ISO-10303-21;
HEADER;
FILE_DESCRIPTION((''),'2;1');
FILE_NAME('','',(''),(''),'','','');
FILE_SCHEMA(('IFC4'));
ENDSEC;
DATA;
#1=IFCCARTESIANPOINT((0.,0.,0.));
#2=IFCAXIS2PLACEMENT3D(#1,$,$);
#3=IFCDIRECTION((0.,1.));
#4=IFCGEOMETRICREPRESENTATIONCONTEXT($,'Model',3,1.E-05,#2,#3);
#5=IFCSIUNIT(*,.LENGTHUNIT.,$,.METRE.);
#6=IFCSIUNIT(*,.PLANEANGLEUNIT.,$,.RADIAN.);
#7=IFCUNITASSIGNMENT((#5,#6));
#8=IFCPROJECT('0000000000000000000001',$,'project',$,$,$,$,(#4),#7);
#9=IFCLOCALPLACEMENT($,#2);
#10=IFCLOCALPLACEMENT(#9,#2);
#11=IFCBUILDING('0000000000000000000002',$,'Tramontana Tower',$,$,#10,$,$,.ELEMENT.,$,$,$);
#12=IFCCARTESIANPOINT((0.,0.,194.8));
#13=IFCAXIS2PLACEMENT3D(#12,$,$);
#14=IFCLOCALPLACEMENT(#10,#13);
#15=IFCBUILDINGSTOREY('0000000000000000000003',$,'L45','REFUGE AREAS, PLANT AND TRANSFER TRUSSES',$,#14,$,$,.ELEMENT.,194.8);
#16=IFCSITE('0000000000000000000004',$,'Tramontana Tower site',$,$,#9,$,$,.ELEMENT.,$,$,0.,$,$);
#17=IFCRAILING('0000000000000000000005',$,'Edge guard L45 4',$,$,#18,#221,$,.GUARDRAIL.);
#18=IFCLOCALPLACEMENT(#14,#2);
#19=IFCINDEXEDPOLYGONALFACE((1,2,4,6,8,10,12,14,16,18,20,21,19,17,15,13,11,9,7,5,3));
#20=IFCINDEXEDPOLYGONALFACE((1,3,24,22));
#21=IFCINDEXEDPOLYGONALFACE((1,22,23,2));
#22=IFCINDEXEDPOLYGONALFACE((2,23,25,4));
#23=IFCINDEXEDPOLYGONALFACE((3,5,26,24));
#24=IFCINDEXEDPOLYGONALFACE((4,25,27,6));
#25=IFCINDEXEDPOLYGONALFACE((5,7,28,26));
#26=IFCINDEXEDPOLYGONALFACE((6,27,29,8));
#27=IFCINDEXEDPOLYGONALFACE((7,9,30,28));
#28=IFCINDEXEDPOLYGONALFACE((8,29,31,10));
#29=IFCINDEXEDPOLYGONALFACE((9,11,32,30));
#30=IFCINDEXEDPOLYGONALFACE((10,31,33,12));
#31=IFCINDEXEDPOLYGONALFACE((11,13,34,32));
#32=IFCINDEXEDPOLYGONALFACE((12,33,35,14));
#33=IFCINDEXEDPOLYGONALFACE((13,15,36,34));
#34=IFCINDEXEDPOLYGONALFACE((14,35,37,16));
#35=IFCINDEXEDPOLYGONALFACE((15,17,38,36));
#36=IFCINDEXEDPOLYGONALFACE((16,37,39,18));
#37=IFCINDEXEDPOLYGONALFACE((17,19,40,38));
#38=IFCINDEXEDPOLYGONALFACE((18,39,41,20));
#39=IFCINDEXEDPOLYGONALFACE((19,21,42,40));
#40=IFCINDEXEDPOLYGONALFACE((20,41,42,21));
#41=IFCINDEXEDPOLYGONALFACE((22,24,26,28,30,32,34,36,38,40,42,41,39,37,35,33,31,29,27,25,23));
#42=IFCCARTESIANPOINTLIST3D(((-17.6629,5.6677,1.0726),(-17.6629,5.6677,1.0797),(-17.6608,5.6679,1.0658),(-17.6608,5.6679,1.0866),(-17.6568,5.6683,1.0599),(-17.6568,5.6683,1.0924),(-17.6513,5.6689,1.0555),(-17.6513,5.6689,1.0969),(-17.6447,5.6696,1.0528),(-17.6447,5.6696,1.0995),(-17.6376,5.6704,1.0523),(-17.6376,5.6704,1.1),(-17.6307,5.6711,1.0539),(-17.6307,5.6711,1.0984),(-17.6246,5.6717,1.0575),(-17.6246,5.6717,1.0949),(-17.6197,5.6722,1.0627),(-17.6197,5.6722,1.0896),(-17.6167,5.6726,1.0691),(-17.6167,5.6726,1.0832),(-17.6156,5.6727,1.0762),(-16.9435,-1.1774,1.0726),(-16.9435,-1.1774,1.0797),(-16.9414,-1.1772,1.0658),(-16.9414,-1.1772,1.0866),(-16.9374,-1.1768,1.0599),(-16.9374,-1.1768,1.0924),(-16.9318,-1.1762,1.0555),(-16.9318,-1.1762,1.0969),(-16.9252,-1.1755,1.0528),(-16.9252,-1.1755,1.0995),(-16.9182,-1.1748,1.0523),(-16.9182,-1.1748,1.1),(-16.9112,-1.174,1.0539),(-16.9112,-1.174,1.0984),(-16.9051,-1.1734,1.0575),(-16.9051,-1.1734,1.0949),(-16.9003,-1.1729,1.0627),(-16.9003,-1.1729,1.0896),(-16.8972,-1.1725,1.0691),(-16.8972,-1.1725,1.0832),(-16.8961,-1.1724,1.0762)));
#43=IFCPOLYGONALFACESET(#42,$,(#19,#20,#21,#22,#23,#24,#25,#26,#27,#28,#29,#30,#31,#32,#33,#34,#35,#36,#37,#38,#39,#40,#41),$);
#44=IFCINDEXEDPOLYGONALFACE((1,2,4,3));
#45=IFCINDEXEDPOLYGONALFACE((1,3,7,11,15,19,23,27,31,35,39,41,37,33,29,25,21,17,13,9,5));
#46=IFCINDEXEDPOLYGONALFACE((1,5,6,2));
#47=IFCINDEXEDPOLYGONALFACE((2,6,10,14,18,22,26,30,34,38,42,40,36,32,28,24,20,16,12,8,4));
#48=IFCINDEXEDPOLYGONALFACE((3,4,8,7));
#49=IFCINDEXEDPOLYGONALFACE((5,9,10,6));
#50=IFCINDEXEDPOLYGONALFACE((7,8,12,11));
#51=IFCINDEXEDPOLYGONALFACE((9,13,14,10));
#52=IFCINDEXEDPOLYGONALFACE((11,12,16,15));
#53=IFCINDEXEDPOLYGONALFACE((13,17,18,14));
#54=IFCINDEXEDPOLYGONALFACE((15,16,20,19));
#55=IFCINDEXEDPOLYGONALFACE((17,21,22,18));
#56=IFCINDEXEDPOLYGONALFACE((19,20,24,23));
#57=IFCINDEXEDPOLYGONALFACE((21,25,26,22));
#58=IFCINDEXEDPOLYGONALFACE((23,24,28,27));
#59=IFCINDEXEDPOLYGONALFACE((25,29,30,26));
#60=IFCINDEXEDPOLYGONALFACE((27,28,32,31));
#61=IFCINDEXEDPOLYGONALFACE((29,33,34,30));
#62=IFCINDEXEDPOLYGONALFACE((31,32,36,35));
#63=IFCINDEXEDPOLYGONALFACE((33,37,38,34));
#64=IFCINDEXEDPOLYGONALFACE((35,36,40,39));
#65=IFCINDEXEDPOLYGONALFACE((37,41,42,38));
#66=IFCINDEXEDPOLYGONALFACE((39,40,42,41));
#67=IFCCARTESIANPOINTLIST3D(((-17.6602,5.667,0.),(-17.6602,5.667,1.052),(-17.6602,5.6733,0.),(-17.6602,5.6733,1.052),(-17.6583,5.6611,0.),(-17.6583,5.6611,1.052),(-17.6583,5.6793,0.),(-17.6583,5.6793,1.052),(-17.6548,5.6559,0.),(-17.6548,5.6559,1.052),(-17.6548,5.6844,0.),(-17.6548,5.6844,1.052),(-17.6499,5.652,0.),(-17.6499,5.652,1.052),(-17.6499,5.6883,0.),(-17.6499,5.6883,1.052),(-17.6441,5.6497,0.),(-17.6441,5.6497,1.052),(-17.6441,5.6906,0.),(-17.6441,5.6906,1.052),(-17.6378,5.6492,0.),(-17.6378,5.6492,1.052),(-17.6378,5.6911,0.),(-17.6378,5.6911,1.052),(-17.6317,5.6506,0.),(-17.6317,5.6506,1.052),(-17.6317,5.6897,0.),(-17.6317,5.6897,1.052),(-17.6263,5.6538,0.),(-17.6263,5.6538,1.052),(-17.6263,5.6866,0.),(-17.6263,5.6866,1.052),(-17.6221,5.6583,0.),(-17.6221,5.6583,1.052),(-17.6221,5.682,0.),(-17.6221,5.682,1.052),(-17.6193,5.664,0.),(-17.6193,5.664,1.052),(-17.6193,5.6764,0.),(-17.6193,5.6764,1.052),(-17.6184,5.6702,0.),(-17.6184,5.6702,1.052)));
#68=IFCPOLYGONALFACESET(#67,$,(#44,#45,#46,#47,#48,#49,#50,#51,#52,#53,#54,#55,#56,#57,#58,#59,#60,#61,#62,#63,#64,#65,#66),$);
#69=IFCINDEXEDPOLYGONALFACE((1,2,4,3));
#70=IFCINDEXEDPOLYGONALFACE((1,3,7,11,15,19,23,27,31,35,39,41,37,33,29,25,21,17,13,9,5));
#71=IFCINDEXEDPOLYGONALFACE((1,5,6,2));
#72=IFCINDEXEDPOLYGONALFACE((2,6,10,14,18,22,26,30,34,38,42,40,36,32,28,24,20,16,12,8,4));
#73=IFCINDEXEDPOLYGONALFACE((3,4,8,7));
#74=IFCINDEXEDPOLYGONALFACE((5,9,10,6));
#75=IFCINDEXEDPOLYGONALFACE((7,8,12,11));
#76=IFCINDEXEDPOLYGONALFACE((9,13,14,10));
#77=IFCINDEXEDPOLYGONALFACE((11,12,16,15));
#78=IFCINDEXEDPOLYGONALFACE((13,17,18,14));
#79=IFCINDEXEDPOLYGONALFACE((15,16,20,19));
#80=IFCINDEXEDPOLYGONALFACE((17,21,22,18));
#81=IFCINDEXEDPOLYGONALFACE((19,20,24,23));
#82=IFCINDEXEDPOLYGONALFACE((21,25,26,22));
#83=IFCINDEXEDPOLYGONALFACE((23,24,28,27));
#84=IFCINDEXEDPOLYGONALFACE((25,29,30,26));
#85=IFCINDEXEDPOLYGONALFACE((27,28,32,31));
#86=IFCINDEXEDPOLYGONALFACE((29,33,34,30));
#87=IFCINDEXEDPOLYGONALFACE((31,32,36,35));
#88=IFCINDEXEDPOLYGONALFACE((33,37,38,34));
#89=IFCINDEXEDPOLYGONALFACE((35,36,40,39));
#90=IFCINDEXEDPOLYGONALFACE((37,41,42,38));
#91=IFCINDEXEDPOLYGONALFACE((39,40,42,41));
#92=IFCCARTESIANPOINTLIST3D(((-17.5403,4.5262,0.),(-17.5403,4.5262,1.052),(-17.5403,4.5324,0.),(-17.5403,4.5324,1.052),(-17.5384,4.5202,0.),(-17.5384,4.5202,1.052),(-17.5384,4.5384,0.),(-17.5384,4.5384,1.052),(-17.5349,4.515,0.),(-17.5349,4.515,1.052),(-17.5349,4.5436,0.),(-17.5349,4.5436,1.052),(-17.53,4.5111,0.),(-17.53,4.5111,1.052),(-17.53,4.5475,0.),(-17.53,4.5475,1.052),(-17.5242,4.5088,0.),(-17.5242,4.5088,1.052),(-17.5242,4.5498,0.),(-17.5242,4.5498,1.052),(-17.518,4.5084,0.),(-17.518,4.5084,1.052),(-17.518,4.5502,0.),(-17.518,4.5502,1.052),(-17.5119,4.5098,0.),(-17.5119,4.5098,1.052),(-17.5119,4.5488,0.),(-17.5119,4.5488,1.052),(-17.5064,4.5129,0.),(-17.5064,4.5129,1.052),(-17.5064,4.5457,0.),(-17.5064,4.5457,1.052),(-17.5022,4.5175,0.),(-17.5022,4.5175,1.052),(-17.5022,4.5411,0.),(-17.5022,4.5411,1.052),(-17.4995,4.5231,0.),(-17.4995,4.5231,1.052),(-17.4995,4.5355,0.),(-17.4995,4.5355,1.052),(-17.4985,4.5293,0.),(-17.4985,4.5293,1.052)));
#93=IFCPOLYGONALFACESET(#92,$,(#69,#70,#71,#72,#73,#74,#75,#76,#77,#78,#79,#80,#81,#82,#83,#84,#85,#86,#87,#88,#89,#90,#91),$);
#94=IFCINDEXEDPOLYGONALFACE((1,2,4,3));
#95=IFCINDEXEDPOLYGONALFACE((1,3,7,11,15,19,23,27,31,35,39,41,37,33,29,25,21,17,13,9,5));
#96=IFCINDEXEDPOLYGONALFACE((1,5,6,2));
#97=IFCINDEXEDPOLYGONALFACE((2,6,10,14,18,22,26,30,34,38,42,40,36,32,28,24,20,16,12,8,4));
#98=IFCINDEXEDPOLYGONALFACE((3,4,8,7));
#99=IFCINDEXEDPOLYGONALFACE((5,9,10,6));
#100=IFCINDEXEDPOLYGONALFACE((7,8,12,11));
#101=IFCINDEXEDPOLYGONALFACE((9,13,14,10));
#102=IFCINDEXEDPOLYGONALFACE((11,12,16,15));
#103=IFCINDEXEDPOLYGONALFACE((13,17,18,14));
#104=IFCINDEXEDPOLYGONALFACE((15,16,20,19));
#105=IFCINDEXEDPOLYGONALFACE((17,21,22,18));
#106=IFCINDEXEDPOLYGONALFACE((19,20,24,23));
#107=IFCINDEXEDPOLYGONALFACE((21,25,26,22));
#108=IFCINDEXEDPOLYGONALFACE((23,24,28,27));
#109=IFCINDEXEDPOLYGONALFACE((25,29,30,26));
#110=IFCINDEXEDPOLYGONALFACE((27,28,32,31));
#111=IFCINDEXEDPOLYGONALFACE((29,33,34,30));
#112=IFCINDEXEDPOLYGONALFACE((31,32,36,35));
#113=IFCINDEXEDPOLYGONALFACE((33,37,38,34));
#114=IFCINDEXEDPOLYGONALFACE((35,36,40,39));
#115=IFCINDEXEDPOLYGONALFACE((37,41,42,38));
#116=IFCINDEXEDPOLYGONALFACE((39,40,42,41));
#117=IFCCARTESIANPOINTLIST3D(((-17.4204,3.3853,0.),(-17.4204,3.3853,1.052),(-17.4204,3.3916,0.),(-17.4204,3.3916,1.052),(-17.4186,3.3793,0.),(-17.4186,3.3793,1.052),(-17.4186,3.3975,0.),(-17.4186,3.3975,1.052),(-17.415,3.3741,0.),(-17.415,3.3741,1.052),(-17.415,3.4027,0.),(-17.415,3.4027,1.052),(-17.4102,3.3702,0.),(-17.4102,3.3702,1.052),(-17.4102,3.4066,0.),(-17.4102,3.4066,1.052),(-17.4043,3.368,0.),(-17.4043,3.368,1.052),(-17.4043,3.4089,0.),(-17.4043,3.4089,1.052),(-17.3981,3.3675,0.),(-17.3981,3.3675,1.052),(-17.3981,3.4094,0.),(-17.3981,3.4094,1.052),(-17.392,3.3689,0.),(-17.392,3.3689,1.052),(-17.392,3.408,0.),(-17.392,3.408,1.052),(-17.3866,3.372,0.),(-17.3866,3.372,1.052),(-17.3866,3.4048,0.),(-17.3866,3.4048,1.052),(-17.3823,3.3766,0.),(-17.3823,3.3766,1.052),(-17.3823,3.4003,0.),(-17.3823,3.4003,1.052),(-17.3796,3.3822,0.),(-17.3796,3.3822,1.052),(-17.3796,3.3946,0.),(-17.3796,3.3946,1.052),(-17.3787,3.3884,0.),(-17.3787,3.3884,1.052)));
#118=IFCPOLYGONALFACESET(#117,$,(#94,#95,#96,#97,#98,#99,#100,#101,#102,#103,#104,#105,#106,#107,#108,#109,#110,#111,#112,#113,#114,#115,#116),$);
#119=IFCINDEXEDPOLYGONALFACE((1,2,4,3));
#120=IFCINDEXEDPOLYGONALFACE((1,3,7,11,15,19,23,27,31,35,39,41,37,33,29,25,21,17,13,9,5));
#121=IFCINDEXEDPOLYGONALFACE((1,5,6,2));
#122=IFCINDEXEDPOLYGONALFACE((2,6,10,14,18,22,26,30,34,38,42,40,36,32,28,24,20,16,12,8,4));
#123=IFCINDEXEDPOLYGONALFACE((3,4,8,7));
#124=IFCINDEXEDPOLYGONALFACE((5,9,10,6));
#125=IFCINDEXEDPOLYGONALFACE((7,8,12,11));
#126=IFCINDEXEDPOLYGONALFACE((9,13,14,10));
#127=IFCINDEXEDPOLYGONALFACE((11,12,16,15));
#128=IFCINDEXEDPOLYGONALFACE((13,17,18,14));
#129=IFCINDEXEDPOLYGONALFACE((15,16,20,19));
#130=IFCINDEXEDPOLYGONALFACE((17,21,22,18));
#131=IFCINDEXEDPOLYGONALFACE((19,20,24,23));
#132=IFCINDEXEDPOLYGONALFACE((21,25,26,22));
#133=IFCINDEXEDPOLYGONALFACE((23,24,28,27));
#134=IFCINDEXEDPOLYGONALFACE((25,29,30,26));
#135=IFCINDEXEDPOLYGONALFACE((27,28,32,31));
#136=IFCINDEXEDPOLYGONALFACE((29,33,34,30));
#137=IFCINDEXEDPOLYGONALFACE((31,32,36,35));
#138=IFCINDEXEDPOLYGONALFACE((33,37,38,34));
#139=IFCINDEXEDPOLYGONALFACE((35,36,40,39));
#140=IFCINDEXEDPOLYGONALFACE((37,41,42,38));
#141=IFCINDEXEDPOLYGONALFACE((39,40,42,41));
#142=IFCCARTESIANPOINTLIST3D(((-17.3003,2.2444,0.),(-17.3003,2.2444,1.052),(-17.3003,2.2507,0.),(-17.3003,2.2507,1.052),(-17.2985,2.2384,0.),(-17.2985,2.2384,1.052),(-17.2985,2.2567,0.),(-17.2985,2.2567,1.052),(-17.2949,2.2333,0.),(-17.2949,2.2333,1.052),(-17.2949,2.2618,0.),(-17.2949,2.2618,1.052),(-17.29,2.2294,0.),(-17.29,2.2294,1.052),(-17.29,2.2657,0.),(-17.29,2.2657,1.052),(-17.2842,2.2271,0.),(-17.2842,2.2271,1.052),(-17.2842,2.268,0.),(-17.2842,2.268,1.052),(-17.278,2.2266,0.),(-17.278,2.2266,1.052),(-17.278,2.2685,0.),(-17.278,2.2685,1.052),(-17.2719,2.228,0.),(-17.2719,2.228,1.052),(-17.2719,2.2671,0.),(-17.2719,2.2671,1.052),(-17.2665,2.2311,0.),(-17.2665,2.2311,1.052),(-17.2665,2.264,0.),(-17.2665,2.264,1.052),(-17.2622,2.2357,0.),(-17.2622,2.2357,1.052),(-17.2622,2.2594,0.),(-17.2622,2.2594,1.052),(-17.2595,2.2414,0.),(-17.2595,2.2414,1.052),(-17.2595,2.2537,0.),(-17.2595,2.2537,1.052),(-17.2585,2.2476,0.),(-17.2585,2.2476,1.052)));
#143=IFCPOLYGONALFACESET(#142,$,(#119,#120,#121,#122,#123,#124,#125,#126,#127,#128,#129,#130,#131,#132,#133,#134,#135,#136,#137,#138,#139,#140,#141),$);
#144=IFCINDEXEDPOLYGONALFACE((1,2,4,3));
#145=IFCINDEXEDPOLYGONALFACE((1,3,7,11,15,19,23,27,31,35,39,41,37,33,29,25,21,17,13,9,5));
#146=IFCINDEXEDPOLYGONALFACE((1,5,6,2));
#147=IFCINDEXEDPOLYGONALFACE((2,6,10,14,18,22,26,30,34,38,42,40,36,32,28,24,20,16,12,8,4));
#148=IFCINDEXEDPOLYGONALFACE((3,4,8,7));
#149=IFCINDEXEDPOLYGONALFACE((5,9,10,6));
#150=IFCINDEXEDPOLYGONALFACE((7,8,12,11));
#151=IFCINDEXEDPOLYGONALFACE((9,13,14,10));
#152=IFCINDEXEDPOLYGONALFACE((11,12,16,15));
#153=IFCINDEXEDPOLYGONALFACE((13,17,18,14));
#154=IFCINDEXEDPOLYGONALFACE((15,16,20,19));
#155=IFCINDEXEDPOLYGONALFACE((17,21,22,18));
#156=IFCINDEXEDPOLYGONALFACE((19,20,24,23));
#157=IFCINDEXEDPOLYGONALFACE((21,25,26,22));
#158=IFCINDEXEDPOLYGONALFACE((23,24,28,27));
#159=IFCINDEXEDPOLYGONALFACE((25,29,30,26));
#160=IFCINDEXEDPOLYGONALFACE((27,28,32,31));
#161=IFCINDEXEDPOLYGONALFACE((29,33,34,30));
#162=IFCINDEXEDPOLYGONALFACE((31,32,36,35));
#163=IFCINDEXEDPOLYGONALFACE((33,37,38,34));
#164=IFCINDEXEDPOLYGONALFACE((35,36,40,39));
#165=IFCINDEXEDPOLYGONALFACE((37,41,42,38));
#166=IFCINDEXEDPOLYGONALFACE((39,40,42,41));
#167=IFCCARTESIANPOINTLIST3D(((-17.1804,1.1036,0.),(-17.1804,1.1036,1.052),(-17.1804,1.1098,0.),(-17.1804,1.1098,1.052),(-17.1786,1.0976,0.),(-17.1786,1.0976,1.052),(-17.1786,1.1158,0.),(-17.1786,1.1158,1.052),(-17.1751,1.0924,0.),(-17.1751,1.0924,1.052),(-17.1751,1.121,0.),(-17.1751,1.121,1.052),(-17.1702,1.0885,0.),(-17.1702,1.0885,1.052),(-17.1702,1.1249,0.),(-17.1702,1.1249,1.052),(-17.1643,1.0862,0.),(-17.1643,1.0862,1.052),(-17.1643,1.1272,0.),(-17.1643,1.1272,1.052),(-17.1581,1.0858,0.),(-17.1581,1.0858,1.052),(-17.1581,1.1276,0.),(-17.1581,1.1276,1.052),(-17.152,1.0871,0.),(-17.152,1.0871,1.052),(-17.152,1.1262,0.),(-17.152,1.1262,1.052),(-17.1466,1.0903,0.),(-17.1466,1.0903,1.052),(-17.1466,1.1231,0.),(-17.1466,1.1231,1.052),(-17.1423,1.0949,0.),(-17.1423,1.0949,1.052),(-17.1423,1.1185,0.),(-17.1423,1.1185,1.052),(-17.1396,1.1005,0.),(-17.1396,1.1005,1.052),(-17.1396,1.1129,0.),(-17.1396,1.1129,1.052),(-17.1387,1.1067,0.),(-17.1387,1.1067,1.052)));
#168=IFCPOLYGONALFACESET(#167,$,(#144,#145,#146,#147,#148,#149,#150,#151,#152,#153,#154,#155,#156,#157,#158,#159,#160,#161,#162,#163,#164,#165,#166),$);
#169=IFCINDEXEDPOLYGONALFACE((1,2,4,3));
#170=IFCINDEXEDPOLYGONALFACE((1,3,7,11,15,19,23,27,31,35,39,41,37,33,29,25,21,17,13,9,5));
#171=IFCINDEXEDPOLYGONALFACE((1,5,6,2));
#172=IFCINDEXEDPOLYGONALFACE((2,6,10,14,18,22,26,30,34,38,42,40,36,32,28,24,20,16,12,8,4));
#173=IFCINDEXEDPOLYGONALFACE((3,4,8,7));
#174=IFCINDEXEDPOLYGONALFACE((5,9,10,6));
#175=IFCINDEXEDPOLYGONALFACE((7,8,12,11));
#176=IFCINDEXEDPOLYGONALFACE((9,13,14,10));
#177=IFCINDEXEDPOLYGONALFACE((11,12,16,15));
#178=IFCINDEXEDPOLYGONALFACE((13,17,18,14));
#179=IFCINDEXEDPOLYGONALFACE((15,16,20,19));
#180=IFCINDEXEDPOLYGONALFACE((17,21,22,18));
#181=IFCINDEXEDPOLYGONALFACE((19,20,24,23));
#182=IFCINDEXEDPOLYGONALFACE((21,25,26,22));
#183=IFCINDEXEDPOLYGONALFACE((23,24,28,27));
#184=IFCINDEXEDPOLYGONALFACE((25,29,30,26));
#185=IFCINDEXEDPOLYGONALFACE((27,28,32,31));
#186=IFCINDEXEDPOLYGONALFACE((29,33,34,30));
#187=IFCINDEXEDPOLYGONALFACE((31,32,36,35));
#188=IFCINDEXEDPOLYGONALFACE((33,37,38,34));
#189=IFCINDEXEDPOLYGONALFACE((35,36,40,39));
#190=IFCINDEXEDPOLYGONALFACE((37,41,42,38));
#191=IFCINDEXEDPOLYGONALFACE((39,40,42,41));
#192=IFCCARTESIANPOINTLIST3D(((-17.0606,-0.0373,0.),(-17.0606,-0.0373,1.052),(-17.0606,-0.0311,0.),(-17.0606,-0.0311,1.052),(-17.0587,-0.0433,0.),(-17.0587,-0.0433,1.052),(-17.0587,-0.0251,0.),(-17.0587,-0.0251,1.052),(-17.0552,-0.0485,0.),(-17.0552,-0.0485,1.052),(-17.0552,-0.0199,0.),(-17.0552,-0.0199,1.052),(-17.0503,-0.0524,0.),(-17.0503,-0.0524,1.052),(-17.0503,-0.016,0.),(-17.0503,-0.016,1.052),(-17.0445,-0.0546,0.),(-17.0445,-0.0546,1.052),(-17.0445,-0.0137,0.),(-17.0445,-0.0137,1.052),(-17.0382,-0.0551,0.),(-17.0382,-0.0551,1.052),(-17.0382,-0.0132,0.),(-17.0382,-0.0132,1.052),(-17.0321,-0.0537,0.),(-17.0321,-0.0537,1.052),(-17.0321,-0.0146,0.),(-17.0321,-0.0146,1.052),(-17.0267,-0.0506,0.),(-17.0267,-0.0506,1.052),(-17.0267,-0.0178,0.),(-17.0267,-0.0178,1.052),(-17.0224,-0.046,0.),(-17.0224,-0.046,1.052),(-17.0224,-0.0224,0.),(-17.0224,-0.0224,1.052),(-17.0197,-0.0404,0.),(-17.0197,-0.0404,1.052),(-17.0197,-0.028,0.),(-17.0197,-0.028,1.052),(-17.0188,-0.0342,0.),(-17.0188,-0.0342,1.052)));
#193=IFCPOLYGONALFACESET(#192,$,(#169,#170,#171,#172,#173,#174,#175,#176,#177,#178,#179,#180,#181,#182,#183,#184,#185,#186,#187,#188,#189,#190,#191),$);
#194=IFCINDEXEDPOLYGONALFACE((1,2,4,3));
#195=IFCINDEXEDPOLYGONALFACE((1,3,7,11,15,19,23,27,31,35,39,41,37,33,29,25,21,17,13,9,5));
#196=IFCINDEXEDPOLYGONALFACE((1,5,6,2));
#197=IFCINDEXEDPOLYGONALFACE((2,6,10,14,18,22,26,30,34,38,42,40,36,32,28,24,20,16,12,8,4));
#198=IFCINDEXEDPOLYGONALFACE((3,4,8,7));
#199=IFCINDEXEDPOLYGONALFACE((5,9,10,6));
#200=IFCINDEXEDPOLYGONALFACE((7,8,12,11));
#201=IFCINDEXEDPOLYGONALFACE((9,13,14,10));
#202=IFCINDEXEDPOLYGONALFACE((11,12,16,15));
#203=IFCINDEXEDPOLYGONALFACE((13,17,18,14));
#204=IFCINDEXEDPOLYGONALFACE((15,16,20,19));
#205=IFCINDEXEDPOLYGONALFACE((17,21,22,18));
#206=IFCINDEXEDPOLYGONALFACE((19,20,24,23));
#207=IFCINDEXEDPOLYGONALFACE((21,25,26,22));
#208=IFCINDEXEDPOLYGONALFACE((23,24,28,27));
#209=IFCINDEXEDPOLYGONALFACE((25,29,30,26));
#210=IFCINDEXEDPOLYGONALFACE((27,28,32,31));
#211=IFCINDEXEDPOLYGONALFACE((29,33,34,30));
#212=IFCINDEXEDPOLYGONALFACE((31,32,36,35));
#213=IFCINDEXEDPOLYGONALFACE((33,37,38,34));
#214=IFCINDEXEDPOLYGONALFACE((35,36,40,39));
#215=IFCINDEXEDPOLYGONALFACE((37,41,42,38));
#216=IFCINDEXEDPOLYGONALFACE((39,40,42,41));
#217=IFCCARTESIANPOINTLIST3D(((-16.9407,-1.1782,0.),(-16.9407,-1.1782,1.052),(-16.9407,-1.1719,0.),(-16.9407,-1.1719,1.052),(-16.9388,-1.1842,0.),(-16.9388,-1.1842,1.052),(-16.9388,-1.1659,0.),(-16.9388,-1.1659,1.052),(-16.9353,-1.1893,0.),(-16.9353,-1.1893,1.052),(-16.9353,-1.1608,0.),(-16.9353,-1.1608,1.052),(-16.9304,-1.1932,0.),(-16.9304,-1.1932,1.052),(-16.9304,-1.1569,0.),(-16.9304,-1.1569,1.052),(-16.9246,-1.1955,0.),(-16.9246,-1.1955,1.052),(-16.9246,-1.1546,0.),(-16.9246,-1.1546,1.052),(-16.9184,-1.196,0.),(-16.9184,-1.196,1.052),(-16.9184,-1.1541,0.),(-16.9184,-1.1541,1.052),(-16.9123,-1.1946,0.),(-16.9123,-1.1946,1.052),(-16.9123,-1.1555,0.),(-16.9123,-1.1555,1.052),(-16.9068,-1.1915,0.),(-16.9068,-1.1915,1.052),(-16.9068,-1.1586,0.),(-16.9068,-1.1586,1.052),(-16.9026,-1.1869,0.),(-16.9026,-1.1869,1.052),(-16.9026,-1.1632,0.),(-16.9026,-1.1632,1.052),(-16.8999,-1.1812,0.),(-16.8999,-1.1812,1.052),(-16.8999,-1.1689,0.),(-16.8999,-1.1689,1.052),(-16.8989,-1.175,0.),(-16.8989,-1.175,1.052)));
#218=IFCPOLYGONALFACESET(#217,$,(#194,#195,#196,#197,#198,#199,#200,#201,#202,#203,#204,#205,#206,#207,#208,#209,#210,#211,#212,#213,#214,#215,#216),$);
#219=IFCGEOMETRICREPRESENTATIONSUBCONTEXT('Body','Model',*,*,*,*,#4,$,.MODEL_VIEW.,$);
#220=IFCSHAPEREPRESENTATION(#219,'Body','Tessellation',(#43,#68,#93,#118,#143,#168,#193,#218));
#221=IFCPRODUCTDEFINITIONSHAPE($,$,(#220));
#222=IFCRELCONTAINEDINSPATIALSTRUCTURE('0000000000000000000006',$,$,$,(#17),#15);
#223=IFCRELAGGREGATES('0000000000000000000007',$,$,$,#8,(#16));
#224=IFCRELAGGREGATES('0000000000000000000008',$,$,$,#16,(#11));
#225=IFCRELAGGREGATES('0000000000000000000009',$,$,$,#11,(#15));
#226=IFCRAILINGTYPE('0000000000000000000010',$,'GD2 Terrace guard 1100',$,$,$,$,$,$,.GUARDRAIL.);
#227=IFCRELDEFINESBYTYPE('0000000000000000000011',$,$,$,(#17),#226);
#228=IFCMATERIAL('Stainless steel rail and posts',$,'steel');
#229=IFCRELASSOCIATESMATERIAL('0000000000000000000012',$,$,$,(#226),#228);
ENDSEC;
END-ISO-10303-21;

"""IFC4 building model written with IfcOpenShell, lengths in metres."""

from ifc_helpers import new_model, si_unit, direction, frame, origin, origin_2d, place, context, subcontext, project, spatial, circle, extrude, material, type_object, element, save


model = new_model("IFC4")

# Units and contexts
model_context = context("Model", 3, precision=1e-05, world=origin(), true_north=direction((0.0, 1.0)))
body_context = subcontext(model_context, "Body", "Model", "MODEL_VIEW")
ifc_project = project(units=[si_unit("LENGTHUNIT", "METRE"), si_unit("PLANEANGLEUNIT", "RADIAN")], contexts=[model_context])

# Site, building, storey
site_placement = place(None, origin())
site = spatial("IfcSite", under=ifc_project, at=site_placement, Name="Tramontana Tower site", CompositionType="ELEMENT", RefElevation=0.0)
building_placement = place(site_placement, origin())
building = spatial("IfcBuilding", under=site, at=building_placement, Name="Tramontana Tower", CompositionType="ELEMENT")
storey_placement = place(building_placement, frame((0.0, 0.0, 194.8)))
storey = spatial("IfcBuildingStorey", under=building, at=storey_placement, Name="L45", Description="REFUGE AREAS, PLANT AND TRANSFER TRUSSES", CompositionType="ELEMENT", Elevation=194.8)

# Railing
ifc_material_1 = material(Name="Stainless steel rail and posts", Category="steel")
railing_type = type_object("IfcRailingType", Name="GD2 Terrace guard 1100", PredefinedType="GUARDRAIL", material=ifc_material_1)
railing_placement = place(storey_placement, frame((-17.6394, 5.6702, 0.0)))
element("IfcRailing", 1, at=railing_placement, inside=storey, type_object=railing_type, Name="Edge guard L45 4", PredefinedType="GUARDRAIL", context=body_context, shape_type="SweptSolid", body=[
    extrude(circle(Radius=0.0239, at=origin_2d()), frame((0.0, 0.0, 1.0762), z_axis=(0.104532, -0.994522, 0.0), x_axis=(0.994522, 0.104532, 0.0)), (0.0, 0.0, 1.0), 6.8828),
    extrude(circle(Radius=0.021, at=origin_2d()), origin(), (0.0, 0.0, 1.0), 1.052),
    extrude(circle(Radius=0.021, at=origin_2d()), frame((0.1199, -1.1409, 0.0)), (0.0, 0.0, 1.0), 1.052),
    extrude(circle(Radius=0.021, at=origin_2d()), frame((0.2397, -2.2817, 0.0)), (0.0, 0.0, 1.0), 1.052),
    extrude(circle(Radius=0.021, at=origin_2d()), frame((0.3599, -3.4226, 0.0)), (0.0, 0.0, 1.0), 1.052),
    extrude(circle(Radius=0.021, at=origin_2d()), frame((0.4797, -4.5635, 0.0)), (0.0, 0.0, 1.0), 1.052),
    extrude(circle(Radius=0.021, at=origin_2d()), frame((0.5996, -5.7043, 0.0)), (0.0, 0.0, 1.0), 1.052),
    extrude(circle(Radius=0.021, at=origin_2d()), frame((0.7195, -6.8452, 0.0)), (0.0, 0.0, 1.0), 1.052),
])

save(model, "model.ifc")
